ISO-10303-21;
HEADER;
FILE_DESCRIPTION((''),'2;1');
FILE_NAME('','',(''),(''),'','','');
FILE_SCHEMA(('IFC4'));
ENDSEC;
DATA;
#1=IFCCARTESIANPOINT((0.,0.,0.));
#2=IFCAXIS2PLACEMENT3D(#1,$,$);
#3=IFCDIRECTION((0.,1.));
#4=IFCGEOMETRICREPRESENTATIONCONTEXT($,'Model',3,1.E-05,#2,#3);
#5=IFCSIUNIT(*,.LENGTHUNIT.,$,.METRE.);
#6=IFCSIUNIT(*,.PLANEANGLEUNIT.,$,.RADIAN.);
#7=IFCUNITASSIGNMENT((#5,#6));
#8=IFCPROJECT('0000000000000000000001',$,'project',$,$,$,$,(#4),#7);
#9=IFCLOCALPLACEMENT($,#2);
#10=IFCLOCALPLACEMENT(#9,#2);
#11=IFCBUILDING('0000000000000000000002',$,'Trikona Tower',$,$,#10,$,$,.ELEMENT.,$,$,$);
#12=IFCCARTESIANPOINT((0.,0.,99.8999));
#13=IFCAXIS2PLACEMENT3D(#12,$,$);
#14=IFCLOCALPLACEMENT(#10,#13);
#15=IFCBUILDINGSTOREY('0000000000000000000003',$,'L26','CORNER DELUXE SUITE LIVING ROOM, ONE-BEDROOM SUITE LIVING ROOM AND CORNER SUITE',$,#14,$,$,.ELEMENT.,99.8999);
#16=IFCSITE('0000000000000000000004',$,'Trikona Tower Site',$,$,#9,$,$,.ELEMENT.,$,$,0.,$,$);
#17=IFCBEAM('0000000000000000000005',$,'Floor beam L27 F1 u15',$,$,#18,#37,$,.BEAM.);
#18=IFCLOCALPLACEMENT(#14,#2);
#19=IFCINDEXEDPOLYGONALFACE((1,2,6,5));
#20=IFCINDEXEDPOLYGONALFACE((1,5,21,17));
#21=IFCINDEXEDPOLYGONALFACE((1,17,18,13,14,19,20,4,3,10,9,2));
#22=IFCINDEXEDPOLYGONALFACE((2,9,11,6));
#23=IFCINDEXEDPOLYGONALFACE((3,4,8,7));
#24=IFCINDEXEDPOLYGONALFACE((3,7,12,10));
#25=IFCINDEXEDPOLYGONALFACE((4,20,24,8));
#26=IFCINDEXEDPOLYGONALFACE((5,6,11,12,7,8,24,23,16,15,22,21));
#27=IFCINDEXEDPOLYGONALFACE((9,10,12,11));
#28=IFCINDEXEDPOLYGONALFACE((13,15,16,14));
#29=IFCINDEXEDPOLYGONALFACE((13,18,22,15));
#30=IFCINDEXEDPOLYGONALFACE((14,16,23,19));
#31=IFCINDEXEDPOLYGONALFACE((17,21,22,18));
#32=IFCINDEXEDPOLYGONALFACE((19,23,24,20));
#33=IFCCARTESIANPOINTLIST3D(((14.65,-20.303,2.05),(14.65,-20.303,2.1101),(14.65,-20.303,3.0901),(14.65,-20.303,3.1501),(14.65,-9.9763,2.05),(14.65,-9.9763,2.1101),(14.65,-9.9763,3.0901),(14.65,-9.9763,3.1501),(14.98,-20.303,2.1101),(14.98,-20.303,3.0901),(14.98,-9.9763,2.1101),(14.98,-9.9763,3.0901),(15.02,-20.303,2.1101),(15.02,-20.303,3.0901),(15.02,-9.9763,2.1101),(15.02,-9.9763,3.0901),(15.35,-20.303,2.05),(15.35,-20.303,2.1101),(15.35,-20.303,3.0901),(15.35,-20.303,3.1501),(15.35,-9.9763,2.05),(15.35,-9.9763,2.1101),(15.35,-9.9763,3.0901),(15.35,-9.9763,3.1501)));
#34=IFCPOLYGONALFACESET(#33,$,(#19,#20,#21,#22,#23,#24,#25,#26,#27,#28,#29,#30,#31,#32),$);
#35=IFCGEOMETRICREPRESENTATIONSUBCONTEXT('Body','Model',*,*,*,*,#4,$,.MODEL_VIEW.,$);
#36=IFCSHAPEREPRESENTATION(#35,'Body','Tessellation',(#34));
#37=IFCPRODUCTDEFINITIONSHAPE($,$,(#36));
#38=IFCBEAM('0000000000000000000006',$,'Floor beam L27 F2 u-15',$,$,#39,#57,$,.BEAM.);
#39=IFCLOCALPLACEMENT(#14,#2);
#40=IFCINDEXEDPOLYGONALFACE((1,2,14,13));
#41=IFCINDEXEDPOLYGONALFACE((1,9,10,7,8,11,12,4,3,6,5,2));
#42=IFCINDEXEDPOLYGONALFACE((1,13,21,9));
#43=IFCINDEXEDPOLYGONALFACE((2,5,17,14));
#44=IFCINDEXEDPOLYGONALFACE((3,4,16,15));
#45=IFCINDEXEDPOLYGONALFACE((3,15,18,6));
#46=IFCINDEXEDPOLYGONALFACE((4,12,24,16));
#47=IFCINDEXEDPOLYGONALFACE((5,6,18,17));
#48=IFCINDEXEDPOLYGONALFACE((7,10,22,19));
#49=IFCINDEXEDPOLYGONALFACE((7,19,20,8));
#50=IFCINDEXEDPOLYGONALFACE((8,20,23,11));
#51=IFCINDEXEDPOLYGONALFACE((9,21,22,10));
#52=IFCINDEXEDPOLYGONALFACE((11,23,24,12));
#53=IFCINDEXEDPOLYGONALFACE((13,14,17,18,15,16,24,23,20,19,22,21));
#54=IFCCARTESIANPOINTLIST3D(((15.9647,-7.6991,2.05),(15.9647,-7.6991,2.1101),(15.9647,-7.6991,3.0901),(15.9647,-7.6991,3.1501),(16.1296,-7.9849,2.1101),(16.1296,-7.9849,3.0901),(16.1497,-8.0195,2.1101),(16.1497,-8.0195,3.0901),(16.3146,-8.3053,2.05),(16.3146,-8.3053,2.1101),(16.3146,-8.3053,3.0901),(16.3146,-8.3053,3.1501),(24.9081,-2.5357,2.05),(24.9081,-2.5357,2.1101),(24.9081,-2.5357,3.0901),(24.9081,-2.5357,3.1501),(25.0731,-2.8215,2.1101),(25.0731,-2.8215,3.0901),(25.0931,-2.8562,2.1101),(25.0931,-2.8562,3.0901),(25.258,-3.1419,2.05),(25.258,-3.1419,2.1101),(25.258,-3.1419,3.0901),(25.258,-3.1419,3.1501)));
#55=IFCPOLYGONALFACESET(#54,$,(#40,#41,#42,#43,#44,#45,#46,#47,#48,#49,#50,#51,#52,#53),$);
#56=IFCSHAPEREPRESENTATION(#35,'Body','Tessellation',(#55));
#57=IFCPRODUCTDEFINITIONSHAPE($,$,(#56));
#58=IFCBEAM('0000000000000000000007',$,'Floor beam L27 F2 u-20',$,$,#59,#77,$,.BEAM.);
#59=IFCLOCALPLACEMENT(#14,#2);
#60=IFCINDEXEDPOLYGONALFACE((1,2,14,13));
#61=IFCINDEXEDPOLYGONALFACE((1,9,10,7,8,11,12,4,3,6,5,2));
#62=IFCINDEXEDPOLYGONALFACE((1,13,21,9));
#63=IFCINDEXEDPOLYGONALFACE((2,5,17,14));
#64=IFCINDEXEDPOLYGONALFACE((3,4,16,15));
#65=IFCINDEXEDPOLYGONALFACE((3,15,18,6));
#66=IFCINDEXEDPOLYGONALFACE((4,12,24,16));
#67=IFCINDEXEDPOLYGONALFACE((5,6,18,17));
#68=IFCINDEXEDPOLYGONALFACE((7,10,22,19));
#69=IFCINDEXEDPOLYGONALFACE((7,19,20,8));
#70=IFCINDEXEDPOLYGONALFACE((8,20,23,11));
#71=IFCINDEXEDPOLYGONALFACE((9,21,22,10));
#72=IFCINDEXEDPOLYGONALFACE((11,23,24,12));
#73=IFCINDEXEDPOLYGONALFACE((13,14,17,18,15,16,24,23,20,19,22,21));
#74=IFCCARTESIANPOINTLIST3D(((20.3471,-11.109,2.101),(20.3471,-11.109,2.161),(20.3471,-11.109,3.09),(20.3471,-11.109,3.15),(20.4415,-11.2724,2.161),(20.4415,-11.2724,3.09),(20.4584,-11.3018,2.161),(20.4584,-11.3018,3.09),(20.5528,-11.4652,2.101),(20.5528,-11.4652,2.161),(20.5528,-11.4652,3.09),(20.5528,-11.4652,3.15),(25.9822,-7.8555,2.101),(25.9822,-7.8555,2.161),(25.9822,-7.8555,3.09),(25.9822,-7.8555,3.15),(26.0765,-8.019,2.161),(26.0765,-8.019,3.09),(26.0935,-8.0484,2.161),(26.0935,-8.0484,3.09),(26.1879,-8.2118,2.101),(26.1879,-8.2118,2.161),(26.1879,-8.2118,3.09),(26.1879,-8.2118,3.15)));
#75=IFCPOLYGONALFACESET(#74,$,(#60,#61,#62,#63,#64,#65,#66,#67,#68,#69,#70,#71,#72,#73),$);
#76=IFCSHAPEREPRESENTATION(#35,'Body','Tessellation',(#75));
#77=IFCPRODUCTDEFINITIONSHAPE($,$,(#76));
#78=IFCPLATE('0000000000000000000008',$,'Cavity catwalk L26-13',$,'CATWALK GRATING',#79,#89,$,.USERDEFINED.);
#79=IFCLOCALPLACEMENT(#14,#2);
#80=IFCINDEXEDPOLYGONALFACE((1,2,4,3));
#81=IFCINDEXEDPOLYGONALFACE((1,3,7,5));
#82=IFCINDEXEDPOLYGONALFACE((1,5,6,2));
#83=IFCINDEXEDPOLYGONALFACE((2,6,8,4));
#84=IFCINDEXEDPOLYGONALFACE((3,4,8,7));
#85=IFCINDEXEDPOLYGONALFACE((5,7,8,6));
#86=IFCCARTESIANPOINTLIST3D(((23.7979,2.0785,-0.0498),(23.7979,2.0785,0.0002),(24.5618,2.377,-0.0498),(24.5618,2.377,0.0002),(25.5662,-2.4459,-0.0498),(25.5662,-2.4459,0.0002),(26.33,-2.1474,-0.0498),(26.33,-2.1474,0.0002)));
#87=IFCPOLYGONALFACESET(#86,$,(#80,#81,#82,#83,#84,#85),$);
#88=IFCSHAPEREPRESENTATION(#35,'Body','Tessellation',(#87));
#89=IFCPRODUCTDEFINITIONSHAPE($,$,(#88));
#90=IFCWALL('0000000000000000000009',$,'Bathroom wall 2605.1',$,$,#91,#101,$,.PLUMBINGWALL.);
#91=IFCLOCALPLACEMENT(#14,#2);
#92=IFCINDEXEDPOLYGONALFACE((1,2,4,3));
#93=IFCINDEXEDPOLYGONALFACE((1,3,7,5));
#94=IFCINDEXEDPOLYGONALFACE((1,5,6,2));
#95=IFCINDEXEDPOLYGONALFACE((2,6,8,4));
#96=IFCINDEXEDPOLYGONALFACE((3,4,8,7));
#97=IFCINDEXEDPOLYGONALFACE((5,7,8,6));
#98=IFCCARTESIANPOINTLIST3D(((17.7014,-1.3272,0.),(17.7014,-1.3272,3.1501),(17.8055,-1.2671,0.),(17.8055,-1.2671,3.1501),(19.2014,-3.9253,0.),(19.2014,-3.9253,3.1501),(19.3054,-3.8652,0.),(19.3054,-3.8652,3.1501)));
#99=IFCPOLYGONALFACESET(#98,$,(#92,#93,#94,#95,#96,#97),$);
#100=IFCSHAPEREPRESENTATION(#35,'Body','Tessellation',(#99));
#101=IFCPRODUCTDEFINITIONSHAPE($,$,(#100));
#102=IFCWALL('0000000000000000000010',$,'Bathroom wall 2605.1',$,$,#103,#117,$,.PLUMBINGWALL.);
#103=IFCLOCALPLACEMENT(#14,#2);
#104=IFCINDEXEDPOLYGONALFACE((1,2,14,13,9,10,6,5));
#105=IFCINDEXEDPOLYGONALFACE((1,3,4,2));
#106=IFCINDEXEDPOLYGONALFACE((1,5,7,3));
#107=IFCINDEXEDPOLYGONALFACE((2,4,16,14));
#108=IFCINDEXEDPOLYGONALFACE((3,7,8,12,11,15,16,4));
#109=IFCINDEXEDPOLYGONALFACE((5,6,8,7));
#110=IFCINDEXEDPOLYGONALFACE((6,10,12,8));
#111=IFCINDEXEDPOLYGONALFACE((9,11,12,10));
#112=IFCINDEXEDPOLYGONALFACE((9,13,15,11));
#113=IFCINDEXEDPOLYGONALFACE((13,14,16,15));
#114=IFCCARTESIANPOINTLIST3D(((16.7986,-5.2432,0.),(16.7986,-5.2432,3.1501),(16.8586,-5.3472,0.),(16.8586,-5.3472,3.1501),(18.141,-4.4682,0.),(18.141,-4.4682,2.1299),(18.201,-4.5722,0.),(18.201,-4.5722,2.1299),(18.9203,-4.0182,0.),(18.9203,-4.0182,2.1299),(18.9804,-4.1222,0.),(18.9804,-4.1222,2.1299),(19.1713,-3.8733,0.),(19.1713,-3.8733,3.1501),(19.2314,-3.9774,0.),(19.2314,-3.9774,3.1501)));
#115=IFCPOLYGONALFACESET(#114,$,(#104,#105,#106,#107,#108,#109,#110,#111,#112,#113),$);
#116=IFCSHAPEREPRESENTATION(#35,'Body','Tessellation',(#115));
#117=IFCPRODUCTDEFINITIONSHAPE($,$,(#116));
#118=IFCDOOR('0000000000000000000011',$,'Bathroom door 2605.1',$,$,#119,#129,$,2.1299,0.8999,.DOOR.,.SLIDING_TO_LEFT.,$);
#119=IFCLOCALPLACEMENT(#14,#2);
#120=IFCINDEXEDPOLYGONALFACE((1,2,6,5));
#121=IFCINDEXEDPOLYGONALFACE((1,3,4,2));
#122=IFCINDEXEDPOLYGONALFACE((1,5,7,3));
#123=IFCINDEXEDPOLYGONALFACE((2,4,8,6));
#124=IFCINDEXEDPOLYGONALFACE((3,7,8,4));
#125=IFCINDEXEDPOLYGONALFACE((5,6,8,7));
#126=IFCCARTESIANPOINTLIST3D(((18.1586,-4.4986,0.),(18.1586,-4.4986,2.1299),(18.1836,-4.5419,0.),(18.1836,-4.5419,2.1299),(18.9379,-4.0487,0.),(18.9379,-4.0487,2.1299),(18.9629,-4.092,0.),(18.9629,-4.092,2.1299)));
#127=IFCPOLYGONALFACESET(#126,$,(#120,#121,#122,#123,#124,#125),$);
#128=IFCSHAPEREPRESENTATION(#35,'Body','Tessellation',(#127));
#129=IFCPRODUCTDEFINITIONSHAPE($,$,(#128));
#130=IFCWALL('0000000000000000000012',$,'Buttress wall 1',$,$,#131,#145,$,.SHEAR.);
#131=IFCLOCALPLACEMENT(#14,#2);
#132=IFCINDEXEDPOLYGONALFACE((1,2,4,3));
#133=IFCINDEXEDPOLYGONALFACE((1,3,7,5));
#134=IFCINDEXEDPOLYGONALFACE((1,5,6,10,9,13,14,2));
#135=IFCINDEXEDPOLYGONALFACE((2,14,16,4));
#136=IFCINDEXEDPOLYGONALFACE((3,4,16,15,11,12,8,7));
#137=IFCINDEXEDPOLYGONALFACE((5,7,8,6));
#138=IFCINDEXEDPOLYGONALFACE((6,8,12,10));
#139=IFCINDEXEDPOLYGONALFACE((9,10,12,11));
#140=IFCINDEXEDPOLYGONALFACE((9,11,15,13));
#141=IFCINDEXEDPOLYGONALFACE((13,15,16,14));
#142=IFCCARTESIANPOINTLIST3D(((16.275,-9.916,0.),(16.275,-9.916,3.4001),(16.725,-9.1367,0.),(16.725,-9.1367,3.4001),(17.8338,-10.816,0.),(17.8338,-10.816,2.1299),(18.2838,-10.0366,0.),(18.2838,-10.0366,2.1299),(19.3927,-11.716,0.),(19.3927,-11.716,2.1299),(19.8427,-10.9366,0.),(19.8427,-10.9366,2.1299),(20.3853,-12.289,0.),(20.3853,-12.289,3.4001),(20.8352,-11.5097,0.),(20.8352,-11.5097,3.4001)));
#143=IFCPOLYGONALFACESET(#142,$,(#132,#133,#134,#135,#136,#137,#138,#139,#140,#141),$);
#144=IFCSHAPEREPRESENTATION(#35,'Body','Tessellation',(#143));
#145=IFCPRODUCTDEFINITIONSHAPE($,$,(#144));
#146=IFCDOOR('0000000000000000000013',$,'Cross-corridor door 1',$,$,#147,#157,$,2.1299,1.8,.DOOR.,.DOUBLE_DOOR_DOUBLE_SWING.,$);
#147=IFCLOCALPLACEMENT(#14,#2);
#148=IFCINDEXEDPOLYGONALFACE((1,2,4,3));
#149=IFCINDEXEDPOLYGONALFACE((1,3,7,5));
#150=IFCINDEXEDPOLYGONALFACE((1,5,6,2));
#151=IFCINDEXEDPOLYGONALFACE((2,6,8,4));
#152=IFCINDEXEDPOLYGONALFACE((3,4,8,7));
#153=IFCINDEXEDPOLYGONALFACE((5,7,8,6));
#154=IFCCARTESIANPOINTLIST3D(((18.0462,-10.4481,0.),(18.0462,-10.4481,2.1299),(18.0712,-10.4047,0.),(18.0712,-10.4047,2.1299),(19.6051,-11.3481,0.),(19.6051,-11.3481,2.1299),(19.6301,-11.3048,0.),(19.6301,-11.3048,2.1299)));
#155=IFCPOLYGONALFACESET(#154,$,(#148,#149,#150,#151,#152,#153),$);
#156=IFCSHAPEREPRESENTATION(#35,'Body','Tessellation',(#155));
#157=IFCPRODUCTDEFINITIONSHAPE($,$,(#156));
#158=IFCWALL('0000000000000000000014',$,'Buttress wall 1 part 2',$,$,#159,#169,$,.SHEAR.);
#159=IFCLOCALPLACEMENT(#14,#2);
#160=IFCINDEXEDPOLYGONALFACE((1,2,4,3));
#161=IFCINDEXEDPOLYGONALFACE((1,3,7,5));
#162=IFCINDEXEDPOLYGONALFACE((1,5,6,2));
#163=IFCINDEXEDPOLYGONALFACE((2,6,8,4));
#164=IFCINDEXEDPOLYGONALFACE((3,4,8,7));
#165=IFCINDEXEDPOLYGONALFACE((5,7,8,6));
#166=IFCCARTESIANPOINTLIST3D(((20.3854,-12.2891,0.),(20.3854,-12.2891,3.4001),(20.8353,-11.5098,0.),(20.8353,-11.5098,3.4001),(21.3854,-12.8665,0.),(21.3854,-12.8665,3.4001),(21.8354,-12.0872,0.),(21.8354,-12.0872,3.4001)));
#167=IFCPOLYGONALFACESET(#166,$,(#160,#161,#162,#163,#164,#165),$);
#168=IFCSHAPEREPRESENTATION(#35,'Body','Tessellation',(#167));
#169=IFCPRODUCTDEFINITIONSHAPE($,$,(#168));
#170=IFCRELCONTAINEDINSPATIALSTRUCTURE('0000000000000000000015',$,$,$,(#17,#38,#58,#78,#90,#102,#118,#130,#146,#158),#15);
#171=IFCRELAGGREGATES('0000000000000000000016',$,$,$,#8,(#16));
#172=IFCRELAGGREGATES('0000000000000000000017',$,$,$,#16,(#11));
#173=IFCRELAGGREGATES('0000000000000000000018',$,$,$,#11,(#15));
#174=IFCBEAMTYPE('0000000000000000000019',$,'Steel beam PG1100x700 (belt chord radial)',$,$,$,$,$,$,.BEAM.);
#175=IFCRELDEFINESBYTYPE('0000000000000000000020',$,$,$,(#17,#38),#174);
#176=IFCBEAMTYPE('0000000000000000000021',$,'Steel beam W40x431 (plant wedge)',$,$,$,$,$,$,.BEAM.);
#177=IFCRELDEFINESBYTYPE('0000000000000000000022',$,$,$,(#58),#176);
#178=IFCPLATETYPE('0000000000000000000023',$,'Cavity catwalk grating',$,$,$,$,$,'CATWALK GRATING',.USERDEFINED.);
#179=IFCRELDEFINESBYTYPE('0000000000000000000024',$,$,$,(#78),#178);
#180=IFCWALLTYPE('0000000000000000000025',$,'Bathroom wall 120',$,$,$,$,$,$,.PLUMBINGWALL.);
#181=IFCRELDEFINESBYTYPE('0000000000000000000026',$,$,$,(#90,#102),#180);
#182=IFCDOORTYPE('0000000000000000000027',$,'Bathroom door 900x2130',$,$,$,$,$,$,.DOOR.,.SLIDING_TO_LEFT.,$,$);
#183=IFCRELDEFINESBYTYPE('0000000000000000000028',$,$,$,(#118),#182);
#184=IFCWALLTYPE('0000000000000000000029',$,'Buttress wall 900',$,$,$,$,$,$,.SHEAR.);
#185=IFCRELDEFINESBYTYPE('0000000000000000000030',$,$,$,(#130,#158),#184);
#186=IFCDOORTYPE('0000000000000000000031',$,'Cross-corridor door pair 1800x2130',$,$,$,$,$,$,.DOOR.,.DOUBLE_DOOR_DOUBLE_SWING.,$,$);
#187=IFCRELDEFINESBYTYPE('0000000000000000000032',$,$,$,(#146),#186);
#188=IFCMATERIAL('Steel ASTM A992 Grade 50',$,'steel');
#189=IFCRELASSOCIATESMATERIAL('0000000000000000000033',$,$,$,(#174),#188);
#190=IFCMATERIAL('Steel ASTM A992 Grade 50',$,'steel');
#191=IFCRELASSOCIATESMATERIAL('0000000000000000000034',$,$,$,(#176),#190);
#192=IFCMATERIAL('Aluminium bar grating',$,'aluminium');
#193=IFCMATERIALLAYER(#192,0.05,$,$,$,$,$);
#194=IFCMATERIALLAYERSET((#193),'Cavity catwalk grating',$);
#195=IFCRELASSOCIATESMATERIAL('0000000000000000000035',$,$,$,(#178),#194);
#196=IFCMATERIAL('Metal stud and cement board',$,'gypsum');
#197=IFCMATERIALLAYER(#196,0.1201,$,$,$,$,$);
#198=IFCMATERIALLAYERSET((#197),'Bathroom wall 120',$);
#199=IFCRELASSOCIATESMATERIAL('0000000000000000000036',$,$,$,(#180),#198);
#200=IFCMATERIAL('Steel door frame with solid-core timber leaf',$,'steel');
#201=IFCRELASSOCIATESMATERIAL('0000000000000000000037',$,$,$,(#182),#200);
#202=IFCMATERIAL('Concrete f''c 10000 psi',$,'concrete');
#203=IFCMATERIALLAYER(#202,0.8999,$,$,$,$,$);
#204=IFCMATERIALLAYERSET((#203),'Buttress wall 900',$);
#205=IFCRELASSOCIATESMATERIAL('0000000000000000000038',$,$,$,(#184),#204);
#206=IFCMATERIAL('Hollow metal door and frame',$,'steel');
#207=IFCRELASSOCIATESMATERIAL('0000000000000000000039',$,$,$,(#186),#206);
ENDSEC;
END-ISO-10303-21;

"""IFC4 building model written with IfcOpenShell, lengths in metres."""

from ifc_helpers import new_model, si_unit, direction, frame, frame_2d, origin, origin_2d, place, context, subcontext, project, spatial, rectangle, i_section, extrude, material, layer, layer_set, material_profile, profile_set, type_object, element, fill, save


model = new_model("IFC4")

# Units and contexts
model_context = context("Model", 3, precision=1e-05, world=origin(), true_north=direction((0.0, 1.0)))
body_context = subcontext(model_context, "Body", "Model", "MODEL_VIEW")
ifc_project = project(units=[si_unit("LENGTHUNIT", "METRE"), si_unit("PLANEANGLEUNIT", "RADIAN")], contexts=[model_context])

# Site, building, storey
site_placement = place(None, origin())
site = spatial("IfcSite", under=ifc_project, at=site_placement, Name="Trikona Tower Site", CompositionType="ELEMENT", RefElevation=0.0)
building_placement = place(site_placement, origin())
building = spatial("IfcBuilding", under=site, at=building_placement, Name="Trikona Tower", CompositionType="ELEMENT")
storey_placement = place(building_placement, frame((0.0, 0.0, 99.8999)))
storey = spatial("IfcBuildingStorey", under=building, at=storey_placement, Name="L26", Description="CORNER DELUXE SUITE LIVING ROOM, ONE-BEDROOM SUITE LIVING ROOM AND CORNER SUITE", CompositionType="ELEMENT", Elevation=99.8999)

# Beams
ifc_material_1 = material(Name="Steel ASTM A992 Grade 50", Category="steel")
ifc_material_profile_1 = material_profile(ifc_material_1, i_section(OverallWidth=0.7, OverallDepth=1.1001, WebThickness=0.04, FlangeThickness=0.0601, at=origin_2d()), Name="PG1100X700")
ifc_profile_set_1 = profile_set([ifc_material_profile_1], Name="Steel ASTM A992 Grade 50")
beam_type_1 = type_object("IfcBeamType", Name="Steel beam PG1100x700 (belt chord radial)", PredefinedType="BEAM", material=ifc_profile_set_1)
beam_1_placement = place(storey_placement, frame((15.0, -9.9763, 2.6001), z_axis=(0.0, -1.0, 0.0), x_axis=(1.0, 0.0, 0.0)))
element("IfcBeam", 1, at=beam_1_placement, inside=storey, type_object=beam_type_1, Name="Floor beam L27 F1 u15", PredefinedType="BEAM", context=body_context, shape_type="SweptSolid", body=[
    extrude(i_section(OverallWidth=0.7, OverallDepth=1.1001, WebThickness=0.04, FlangeThickness=0.0601, at=origin_2d()), origin(), (0.0, 0.0, 1.0), 10.3267),
])
beam_2_placement = place(storey_placement, frame((16.1396, -8.0022, 2.6001), z_axis=(0.86603, 0.499991, 0.0), x_axis=(-0.499991, 0.86603, 0.0)))
element("IfcBeam", 2, at=beam_2_placement, inside=storey, type_object=beam_type_1, Name="Floor beam L27 F2 u-15", PredefinedType="BEAM", context=body_context, shape_type="SweptSolid", body=[
    extrude(i_section(OverallWidth=0.7, OverallDepth=1.1001, WebThickness=0.04, FlangeThickness=0.0601, at=origin_2d()), origin(), (0.0, 0.0, 1.0), 10.3269),
])
ifc_material_2 = material(Name="Steel ASTM A992 Grade 50", Category="steel")
ifc_material_profile_2 = material_profile(ifc_material_2, i_section(OverallWidth=0.4114, OverallDepth=1.0491, WebThickness=0.0339, FlangeThickness=0.0601, at=origin_2d()), Name="W40X431")
ifc_profile_set_2 = profile_set([ifc_material_profile_2], Name="Steel ASTM A992 Grade 50")
beam_type_2 = type_object("IfcBeamType", Name="Steel beam W40x431 (plant wedge)", PredefinedType="BEAM", material=ifc_profile_set_2)
beam_3_placement = place(storey_placement, frame((20.45, -11.2871, 2.6255), z_axis=(0.866023, 0.500005, 0.0), x_axis=(-0.500005, 0.866023, 0.0)))
element("IfcBeam", 3, at=beam_3_placement, inside=storey, type_object=beam_type_2, Name="Floor beam L27 F2 u-20", PredefinedType="BEAM", context=body_context, shape_type="SweptSolid", body=[
    extrude(i_section(OverallWidth=0.4114, OverallDepth=1.0491, WebThickness=0.0339, FlangeThickness=0.0601, at=origin_2d()), origin(), (0.0, 0.0, 1.0), 6.5068),
])

# Plate
ifc_material_3 = material(Name="Aluminium bar grating", Category="aluminium")
ifc_layer_1 = layer(ifc_material_3, 0.05)
ifc_layer_set_1 = layer_set([ifc_layer_1], Name="Cavity catwalk grating")
plate_type = type_object("IfcPlateType", Name="Cavity catwalk grating", ElementType="CATWALK GRATING", PredefinedType="USERDEFINED", material=ifc_layer_set_1)
plate_placement = place(storey_placement, frame((25.064, -0.0344, -0.0498), z_axis=(0.0, 0.0, 1.0), x_axis=(-0.364009, 0.931395, 0.0)))
element("IfcPlate", 4, at=plate_placement, inside=storey, type_object=plate_type, Name="Cavity catwalk L26-13", ObjectType="CATWALK GRATING", PredefinedType="USERDEFINED", context=body_context, shape_type="SweptSolid", body=[
    extrude(rectangle(XDim=4.8577, YDim=0.8201, at=origin_2d()), origin(), (0.0, 0.0, 1.0), 0.05),
])

# Wall
ifc_material_4 = material(Name="Metal stud and cement board", Category="gypsum")
ifc_layer_2 = layer(ifc_material_4, 0.1201)
ifc_layer_set_2 = layer_set([ifc_layer_2], Name="Bathroom wall 120")
wall_type_1 = type_object("IfcWallType", Name="Bathroom wall 120", PredefinedType="PLUMBINGWALL", material=ifc_layer_set_2)
wall_1_placement = place(storey_placement, frame((19.2534, -3.8953, 0.0), z_axis=(0.0, 0.0, 1.0), x_axis=(-0.49999, 0.866031, 0.0)))
element("IfcWall", 5, at=wall_1_placement, inside=storey, type_object=wall_type_1, Name="Bathroom wall 2605.1", PredefinedType="PLUMBINGWALL", context=body_context, shape_type="SweptSolid", body=[
    extrude(rectangle(XDim=3.0, YDim=0.1201, at=frame_2d((1.5, 0.0))), origin(), (0.0, 0.0, 1.0), 3.1501),
])

# Walls, openings, doors
wall_2_placement = place(storey_placement, frame((16.8286, -5.2952, 0.0), z_axis=(0.0, 0.0, 1.0), x_axis=(0.866036, 0.499982, 0.0)))
wall_2 = element("IfcWall", 6, at=wall_2_placement, inside=storey, type_object=wall_type_1, Name="Bathroom wall 2605.1", PredefinedType="PLUMBINGWALL", context=body_context, shape_type="SweptSolid", body=[
    extrude(rectangle(XDim=2.7397, YDim=0.1201, at=frame_2d((1.3699, 0.0))), origin(), (0.0, 0.0, 1.0), 3.1501),
])
opening_1_placement = place(wall_2_placement, frame((1.55, 0.0, 0.0)))
opening_1 = element("IfcOpeningElement", 7, at=opening_1_placement, cuts=wall_2, PredefinedType="OPENING", context=body_context, shape_type="SweptSolid", body=[
    extrude(rectangle(XDim=0.8999, YDim=2.1299, at=frame_2d((0.45, 1.0649))), frame((0.0, 0.0701, 0.0), z_axis=(0.0, -1.0, 0.0), x_axis=(1.0, 0.0, 0.0)), (0.0, 0.0, 1.0), 0.1401),
])
ifc_material_5 = material(Name="Steel door frame with solid-core timber leaf", Category="steel")
door_type_1 = type_object("IfcDoorType", Name="Bathroom door 900x2130", OperationType="SLIDING_TO_LEFT", PredefinedType="DOOR", material=ifc_material_5)
door_1_placement = place(opening_1_placement, origin())
door_1 = element("IfcDoor", 8, at=door_1_placement, inside=storey, type_object=door_type_1, Name="Bathroom door 2605.1", OperationType="SLIDING_TO_LEFT", OverallHeight=2.1299, OverallWidth=0.8999, PredefinedType="DOOR", context=body_context, shape_type="SweptSolid", body=[
    extrude(rectangle(XDim=0.8999, YDim=2.1299, at=frame_2d((0.45, 1.0649))), frame((0.0, 0.0249, 0.0), z_axis=(0.0, -1.0, 0.0), x_axis=(1.0, 0.0, 0.0)), (0.0, 0.0, 1.0), 0.05),
])
fill(opening_1, door_1)
ifc_material_6 = material(Name="Concrete f'c 10000 psi", Category="concrete")
ifc_layer_3 = layer(ifc_material_6, 0.8999)
ifc_layer_set_3 = layer_set([ifc_layer_3], Name="Buttress wall 900")
wall_type_2 = type_object("IfcWallType", Name="Buttress wall 900", PredefinedType="SHEAR", material=ifc_layer_set_3)
wall_3_placement = place(storey_placement, frame((16.5, -9.5264, 0.0), z_axis=(0.0, 0.0, 1.0), x_axis=(0.866031, -0.49999, 0.0)))
wall_3 = element("IfcWall", 9, at=wall_3_placement, inside=storey, type_object=wall_type_2, Name="Buttress wall 1", PredefinedType="SHEAR", context=body_context, shape_type="SweptSolid", body=[
    extrude(rectangle(XDim=4.7461, YDim=0.8999, at=frame_2d((2.373, 0.0))), origin(), (0.0, 0.0, 1.0), 3.4001),
])
opening_2_placement = place(wall_3_placement, frame((1.8, 0.0, 0.0)))
opening_2 = element("IfcOpeningElement", 10, at=opening_2_placement, cuts=wall_3, PredefinedType="OPENING", context=body_context, shape_type="SweptSolid", body=[
    extrude(rectangle(XDim=1.8, YDim=2.1299, at=frame_2d((0.8999, 1.0649))), frame((0.0, 0.46, 0.0), z_axis=(0.0, -1.0, 0.0), x_axis=(1.0, 0.0, 0.0)), (0.0, 0.0, 1.0), 0.9199),
])
ifc_material_7 = material(Name="Hollow metal door and frame", Category="steel")
door_type_2 = type_object("IfcDoorType", Name="Cross-corridor door pair 1800x2130", OperationType="DOUBLE_DOOR_DOUBLE_SWING", PredefinedType="DOOR", material=ifc_material_7)
door_2_placement = place(opening_2_placement, origin())
door_2 = element("IfcDoor", 11, at=door_2_placement, inside=storey, type_object=door_type_2, Name="Cross-corridor door 1", OperationType="DOUBLE_DOOR_DOUBLE_SWING", OverallHeight=2.1299, OverallWidth=1.8, PredefinedType="DOOR", context=body_context, shape_type="SweptSolid", body=[
    extrude(rectangle(XDim=1.8, YDim=2.1299, at=frame_2d((0.8999, 1.0649))), frame((0.0, 0.0249, 0.0), z_axis=(0.0, -1.0, 0.0), x_axis=(1.0, 0.0, 0.0)), (0.0, 0.0, 1.0), 0.05),
])
fill(opening_2, door_2)

# Wall
wall_4_placement = place(storey_placement, frame((20.6104, -11.8994, 0.0), z_axis=(0.0, 0.0, 1.0), x_axis=(0.86601, -0.500027, 0.0)))
element("IfcWall", 12, at=wall_4_placement, inside=storey, type_object=wall_type_2, Name="Buttress wall 1 part 2", PredefinedType="SHEAR", context=body_context, shape_type="SweptSolid", body=[
    extrude(rectangle(XDim=1.1548, YDim=0.8999, at=frame_2d((0.5774, 0.0))), origin(), (0.0, 0.0, 1.0), 3.4001),
])

save(model, "model.ifc")
